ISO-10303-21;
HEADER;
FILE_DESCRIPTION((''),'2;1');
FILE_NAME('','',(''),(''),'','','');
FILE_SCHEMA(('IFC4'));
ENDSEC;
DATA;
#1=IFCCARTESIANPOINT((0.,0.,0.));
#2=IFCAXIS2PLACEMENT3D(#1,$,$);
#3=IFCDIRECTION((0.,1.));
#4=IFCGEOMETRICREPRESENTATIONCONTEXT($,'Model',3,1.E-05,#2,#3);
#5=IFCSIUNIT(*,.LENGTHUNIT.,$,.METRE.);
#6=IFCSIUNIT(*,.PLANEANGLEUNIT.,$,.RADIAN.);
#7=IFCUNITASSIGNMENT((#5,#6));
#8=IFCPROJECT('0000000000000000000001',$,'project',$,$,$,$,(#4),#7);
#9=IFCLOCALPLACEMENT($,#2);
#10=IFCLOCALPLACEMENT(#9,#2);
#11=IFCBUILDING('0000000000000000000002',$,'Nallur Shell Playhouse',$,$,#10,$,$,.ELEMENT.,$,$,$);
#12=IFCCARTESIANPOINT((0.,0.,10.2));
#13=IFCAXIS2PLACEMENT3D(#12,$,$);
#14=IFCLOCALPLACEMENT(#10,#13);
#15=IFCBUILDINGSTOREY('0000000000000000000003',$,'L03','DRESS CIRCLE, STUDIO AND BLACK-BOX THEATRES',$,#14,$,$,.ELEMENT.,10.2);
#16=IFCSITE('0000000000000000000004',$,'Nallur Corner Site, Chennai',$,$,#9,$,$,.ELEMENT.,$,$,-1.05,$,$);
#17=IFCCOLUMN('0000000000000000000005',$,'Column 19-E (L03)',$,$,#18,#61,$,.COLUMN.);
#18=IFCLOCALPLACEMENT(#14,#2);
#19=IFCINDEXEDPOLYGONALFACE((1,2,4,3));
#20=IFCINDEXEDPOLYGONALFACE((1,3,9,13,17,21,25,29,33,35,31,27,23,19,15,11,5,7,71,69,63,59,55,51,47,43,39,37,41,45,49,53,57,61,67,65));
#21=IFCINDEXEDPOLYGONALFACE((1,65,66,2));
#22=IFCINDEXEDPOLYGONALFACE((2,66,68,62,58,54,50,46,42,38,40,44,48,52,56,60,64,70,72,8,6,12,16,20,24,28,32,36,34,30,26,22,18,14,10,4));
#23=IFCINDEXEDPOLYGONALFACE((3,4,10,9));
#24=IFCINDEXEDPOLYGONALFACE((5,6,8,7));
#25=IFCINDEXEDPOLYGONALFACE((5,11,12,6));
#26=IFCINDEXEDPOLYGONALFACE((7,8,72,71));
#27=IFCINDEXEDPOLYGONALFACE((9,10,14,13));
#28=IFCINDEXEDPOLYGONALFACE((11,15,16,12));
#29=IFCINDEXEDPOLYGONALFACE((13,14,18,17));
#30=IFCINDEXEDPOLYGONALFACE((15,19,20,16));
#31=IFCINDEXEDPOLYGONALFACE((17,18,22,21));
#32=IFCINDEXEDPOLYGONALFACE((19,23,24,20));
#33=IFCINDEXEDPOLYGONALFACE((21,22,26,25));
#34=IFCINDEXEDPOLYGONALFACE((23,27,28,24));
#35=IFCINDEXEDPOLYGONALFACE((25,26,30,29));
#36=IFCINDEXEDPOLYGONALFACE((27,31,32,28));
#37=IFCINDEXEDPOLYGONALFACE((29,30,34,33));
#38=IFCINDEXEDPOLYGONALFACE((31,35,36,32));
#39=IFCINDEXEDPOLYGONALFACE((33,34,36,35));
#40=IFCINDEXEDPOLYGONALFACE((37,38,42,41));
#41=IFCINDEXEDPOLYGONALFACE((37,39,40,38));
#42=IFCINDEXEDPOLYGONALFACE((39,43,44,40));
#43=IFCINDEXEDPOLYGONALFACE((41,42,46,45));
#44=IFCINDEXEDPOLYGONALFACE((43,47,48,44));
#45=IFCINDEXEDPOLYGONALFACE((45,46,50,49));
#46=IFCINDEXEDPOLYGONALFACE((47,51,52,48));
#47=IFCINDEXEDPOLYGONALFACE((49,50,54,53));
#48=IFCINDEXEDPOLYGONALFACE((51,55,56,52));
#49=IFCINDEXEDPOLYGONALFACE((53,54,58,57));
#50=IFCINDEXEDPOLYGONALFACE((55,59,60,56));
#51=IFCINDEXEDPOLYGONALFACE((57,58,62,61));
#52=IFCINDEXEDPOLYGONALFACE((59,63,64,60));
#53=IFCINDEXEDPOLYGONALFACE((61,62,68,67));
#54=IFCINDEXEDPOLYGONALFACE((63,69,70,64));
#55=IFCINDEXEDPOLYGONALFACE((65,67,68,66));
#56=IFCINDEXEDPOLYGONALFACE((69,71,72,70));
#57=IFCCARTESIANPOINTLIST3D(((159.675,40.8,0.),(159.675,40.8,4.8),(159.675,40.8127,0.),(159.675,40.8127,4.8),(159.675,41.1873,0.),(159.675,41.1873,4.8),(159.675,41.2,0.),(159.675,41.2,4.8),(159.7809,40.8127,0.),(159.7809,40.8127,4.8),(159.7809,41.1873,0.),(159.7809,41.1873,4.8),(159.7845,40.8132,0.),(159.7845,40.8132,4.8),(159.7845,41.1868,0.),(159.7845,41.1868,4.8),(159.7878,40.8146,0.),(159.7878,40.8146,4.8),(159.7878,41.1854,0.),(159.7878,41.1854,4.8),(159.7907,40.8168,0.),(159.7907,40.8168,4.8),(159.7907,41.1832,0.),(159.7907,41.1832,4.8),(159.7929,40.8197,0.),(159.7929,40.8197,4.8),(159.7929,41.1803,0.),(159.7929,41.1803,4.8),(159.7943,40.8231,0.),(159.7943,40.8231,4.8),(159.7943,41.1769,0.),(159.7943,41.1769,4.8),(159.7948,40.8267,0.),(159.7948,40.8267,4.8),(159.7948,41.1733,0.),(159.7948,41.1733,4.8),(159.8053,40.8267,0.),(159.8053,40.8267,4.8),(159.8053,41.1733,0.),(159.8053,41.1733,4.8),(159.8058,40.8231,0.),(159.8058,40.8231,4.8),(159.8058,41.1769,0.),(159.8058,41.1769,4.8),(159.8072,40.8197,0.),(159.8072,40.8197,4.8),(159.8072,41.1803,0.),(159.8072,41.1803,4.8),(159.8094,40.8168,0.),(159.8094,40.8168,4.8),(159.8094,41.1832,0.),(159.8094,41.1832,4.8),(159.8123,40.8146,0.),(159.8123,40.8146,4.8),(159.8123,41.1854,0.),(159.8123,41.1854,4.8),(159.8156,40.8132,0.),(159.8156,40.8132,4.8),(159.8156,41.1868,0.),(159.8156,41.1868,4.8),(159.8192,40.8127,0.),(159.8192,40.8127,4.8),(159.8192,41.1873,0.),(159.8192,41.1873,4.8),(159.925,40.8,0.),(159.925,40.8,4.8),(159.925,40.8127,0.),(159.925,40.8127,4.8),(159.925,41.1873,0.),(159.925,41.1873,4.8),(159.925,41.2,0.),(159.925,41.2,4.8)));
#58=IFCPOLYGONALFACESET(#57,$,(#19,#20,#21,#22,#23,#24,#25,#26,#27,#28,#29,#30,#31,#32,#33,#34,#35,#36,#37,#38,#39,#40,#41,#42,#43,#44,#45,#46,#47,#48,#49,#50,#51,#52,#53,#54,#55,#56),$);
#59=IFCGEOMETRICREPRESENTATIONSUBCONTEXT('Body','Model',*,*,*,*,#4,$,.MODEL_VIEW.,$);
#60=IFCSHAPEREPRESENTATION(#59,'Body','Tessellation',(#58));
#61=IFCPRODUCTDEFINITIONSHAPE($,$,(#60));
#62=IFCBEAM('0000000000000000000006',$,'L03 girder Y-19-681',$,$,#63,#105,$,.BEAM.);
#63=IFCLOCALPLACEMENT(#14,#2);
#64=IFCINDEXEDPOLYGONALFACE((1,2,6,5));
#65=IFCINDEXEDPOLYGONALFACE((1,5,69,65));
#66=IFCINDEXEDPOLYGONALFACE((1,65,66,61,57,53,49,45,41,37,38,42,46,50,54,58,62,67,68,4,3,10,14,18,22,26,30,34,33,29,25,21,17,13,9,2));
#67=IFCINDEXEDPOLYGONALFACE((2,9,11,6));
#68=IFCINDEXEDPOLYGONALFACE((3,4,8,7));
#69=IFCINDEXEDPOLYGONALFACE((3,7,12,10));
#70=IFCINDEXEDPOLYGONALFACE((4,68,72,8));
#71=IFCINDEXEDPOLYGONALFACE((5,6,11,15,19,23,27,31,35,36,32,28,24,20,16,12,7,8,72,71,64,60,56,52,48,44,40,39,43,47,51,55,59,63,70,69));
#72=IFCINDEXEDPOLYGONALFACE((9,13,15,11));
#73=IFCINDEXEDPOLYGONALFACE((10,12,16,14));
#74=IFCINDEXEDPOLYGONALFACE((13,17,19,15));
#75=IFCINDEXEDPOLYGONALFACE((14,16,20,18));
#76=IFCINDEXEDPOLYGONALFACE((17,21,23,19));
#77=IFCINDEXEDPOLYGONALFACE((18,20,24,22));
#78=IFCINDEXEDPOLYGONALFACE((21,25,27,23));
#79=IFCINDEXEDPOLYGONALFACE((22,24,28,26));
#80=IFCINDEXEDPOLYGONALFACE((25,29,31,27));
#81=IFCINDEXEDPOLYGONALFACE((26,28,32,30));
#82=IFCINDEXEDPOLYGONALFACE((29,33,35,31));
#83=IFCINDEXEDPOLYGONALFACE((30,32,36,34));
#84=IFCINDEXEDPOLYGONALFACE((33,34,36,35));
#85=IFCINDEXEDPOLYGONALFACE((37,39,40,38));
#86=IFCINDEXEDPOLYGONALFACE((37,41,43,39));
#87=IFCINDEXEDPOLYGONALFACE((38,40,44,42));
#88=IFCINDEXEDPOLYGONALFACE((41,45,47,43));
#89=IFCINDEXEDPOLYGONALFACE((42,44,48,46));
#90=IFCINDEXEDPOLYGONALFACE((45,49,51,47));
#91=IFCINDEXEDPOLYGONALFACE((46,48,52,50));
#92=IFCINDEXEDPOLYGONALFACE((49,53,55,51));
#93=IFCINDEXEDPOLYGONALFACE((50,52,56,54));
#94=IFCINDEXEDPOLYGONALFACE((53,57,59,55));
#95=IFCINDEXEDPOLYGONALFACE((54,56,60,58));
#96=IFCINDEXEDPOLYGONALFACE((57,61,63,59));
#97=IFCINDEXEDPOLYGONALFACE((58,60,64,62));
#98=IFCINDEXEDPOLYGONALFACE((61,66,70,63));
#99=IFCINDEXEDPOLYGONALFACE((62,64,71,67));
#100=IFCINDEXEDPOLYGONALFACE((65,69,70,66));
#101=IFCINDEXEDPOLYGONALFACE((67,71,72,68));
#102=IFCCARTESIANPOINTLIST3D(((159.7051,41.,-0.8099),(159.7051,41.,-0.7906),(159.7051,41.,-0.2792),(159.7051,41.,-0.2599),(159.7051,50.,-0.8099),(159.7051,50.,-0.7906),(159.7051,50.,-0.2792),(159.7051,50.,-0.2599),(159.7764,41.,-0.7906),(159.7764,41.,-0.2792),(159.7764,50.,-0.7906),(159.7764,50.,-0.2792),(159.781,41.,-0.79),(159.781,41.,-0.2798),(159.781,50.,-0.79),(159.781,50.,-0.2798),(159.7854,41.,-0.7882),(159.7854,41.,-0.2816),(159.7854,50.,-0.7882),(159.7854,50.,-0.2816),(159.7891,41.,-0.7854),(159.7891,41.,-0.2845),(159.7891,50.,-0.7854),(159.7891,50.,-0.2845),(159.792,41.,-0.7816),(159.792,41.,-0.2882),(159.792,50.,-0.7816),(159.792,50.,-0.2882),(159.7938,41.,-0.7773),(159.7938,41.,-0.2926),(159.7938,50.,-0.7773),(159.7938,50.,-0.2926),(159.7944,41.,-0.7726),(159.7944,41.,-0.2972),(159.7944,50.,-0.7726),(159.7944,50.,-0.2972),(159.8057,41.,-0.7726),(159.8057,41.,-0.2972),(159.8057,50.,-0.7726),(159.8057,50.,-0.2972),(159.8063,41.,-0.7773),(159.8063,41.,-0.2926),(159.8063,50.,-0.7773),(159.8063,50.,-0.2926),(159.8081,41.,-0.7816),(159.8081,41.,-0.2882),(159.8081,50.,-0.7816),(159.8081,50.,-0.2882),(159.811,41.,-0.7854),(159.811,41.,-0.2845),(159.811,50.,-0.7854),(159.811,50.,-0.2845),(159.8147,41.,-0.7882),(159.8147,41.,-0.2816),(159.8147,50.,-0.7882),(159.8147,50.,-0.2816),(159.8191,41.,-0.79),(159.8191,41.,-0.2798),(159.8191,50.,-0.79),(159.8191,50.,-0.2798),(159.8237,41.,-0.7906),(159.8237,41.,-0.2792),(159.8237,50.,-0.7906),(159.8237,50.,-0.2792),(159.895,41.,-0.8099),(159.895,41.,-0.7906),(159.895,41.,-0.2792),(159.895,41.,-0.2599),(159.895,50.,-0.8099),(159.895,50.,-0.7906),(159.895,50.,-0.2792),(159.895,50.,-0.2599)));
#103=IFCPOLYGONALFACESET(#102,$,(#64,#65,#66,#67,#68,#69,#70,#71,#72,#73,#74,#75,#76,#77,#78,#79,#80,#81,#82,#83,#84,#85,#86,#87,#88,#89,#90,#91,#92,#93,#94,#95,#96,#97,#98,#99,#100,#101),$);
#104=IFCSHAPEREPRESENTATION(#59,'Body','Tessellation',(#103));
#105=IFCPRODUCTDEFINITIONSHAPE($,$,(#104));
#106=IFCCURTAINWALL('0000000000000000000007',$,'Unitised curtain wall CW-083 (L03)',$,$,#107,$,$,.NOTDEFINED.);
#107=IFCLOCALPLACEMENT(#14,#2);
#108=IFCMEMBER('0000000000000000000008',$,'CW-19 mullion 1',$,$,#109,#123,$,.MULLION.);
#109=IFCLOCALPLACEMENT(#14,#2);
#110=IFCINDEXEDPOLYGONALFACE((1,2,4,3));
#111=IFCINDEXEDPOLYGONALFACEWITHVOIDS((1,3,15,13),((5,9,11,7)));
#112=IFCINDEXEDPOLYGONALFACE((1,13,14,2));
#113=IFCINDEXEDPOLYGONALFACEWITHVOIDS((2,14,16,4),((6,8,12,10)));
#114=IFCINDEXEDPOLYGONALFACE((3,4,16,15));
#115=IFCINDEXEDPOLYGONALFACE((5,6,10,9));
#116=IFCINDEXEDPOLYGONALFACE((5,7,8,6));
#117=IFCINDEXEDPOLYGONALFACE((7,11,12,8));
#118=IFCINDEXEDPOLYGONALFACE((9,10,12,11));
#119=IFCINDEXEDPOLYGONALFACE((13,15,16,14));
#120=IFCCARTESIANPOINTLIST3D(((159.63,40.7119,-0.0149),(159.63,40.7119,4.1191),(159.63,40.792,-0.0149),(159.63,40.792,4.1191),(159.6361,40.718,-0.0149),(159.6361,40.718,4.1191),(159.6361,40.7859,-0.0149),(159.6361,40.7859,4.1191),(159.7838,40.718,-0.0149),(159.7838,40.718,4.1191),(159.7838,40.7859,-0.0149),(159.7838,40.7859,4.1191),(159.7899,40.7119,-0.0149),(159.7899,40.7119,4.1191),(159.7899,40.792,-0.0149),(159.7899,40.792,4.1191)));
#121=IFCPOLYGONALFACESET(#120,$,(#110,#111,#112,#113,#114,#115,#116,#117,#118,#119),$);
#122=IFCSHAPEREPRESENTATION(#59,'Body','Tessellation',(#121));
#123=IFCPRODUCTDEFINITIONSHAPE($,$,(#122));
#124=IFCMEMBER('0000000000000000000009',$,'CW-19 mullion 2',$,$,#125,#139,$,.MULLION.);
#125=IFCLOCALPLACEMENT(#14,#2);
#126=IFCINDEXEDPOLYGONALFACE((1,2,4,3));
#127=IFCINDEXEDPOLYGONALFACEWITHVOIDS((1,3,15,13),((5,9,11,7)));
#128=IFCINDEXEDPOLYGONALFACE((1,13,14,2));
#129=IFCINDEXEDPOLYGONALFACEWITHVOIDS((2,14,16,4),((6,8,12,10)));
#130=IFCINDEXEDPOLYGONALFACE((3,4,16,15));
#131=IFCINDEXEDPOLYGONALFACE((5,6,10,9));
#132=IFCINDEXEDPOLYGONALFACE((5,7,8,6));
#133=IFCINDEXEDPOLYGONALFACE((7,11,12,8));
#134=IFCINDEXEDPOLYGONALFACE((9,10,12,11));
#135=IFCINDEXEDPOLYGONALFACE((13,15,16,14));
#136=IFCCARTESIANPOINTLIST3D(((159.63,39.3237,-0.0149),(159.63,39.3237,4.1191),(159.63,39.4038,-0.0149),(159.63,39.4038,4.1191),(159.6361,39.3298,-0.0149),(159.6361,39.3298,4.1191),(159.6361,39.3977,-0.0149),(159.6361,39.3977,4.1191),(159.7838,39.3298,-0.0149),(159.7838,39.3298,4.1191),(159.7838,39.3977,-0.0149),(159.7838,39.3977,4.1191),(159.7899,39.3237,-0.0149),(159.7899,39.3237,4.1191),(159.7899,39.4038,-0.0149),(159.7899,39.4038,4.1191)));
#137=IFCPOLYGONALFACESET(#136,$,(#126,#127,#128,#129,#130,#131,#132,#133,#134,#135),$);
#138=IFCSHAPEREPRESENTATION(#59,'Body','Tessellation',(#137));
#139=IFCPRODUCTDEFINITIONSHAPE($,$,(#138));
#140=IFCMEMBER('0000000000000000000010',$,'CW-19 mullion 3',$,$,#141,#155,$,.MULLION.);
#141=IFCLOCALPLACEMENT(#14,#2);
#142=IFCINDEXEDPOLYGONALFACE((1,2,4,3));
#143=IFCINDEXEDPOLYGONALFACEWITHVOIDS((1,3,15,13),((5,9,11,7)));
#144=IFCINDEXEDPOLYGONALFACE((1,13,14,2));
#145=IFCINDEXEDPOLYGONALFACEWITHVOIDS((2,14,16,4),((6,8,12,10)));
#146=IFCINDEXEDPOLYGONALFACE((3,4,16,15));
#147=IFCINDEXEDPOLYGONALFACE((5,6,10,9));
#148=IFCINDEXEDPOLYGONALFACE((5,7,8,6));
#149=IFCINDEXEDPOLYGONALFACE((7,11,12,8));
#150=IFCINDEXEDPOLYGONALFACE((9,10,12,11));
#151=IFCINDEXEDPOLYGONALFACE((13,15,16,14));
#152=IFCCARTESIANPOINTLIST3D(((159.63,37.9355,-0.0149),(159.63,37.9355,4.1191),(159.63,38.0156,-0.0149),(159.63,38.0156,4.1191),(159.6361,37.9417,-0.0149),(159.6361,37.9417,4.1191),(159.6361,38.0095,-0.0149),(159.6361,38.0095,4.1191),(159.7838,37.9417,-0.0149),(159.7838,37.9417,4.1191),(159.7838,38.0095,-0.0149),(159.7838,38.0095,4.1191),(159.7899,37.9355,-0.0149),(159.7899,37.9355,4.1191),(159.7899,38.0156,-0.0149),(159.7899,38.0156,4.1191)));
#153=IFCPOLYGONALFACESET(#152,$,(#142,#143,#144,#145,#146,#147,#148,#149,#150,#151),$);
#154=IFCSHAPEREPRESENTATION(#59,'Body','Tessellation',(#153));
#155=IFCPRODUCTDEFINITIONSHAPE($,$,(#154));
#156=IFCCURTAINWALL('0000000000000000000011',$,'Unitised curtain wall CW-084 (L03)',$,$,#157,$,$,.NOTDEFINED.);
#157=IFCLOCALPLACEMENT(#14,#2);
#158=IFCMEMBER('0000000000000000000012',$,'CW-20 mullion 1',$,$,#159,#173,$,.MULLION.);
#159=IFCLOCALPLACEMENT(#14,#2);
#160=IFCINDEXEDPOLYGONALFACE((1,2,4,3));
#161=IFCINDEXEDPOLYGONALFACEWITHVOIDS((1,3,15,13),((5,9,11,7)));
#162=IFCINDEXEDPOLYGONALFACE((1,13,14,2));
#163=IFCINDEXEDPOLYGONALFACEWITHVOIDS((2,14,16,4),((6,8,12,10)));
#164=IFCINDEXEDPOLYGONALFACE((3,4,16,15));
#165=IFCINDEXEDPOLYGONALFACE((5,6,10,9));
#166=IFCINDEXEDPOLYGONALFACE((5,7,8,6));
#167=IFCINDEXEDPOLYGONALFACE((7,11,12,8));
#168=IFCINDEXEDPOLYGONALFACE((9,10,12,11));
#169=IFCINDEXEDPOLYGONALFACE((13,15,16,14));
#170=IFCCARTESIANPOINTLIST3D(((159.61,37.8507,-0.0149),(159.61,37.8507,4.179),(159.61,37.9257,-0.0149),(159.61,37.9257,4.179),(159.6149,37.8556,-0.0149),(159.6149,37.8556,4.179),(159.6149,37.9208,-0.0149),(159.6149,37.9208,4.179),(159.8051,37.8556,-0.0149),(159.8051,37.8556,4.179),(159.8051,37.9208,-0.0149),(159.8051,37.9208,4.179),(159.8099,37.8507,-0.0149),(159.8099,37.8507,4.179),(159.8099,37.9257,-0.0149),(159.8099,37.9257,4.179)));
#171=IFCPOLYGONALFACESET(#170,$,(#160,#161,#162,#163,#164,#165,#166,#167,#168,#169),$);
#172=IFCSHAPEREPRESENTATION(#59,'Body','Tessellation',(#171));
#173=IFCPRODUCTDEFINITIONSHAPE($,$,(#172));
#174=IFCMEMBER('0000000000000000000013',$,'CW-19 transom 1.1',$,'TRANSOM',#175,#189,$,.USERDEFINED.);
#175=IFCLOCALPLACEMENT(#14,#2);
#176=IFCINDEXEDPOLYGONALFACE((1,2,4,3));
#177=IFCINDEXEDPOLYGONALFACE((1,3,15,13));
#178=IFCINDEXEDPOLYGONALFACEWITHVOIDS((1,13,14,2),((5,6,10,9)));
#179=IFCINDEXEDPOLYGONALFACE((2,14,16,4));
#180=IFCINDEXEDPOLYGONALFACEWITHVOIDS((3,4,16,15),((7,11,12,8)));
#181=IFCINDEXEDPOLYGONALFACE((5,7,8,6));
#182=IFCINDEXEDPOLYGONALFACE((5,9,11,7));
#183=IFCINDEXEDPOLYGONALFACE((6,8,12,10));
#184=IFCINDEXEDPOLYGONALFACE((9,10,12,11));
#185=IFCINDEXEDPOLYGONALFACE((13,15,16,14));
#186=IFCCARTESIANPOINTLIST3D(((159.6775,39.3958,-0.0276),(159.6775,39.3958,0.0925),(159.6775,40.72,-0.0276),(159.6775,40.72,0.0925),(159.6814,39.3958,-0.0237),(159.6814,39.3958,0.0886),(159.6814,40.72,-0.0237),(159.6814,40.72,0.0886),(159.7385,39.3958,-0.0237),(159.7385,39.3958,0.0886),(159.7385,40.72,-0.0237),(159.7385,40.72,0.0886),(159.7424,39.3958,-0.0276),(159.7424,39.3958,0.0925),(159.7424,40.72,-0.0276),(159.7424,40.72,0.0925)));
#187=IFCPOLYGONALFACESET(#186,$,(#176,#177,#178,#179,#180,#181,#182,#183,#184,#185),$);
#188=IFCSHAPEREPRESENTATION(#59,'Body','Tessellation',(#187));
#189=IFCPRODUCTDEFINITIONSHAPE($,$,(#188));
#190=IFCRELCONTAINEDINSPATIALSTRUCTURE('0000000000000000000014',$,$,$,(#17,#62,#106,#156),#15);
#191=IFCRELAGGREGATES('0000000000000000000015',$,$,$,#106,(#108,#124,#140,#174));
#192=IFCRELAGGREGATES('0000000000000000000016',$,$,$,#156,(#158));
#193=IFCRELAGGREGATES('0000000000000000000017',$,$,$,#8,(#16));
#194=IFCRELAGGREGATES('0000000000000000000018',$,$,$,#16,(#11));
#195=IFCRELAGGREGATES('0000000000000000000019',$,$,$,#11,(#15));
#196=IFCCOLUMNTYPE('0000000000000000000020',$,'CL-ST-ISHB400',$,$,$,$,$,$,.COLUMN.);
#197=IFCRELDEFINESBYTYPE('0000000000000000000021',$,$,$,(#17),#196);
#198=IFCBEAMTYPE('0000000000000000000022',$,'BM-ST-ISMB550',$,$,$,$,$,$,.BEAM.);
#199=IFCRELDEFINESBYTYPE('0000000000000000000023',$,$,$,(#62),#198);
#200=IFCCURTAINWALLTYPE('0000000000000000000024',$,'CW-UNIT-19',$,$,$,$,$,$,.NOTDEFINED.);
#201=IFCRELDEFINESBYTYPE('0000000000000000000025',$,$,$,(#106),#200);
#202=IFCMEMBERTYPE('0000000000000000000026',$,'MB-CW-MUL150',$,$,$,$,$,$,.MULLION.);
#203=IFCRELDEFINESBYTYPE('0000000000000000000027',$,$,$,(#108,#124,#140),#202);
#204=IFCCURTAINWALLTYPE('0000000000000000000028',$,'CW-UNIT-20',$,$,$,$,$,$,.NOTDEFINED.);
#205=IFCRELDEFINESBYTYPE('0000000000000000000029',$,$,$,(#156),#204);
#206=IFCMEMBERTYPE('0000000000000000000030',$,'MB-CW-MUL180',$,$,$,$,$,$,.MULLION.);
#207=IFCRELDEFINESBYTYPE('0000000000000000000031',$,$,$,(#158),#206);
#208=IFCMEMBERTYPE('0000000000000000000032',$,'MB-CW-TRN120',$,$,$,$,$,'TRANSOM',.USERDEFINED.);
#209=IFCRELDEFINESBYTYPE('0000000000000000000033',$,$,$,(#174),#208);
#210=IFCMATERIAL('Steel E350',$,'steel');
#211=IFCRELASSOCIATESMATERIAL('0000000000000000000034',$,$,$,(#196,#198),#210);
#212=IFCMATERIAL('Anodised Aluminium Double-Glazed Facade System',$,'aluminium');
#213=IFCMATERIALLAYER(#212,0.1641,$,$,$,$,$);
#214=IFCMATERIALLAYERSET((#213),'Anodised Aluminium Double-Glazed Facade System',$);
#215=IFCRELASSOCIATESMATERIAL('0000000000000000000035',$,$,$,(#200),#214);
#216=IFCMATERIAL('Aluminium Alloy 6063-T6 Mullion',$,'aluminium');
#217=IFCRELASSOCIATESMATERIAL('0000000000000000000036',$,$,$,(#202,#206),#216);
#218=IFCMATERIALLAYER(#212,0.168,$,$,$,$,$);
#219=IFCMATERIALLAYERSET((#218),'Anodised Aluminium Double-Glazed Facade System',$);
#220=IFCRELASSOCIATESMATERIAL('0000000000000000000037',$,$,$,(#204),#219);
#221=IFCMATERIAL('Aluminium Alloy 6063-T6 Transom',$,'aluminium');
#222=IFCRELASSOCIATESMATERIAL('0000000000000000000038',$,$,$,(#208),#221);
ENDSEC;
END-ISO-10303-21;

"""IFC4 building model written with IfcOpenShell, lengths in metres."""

from ifc_helpers import new_model, si_unit, direction, frame, origin, origin_2d, place, context, subcontext, project, spatial, hollow_rectangle, i_section, extrude, material, layer, layer_set, material_profile, profile_set, type_object, element, aggregate, save


model = new_model("IFC4")

# Units and contexts
model_context = context("Model", 3, precision=1e-05, world=origin(), true_north=direction((0.0, 1.0)))
body_context = subcontext(model_context, "Body", "Model", "MODEL_VIEW")
ifc_project = project(units=[si_unit("LENGTHUNIT", "METRE"), si_unit("PLANEANGLEUNIT", "RADIAN")], contexts=[model_context])

# Site, building, storey
site_placement = place(None, origin())
site = spatial("IfcSite", under=ifc_project, at=site_placement, Name="Nallur Corner Site, Chennai", CompositionType="ELEMENT", RefElevation=-1.05)
building_placement = place(site_placement, origin())
building = spatial("IfcBuilding", under=site, at=building_placement, Name="Nallur Shell Playhouse", CompositionType="ELEMENT")
storey_placement = place(building_placement, frame((0.0, 0.0, 10.2)))
storey = spatial("IfcBuildingStorey", under=building, at=storey_placement, Name="L03", Description="DRESS CIRCLE, STUDIO AND BLACK-BOX THEATRES", CompositionType="ELEMENT", Elevation=10.2)

# Column
ifc_material_1 = material(Name="Steel E350", Category="steel")
ifc_material_profile_1 = material_profile(ifc_material_1, i_section(OverallWidth=0.25, OverallDepth=0.3999, WebThickness=0.0105, FlangeThickness=0.0127, FilletRadius=0.0139, at=origin_2d()), Name="ISHB 400")
ifc_profile_set_1 = profile_set([ifc_material_profile_1], Name="Steel E350")
column_type = type_object("IfcColumnType", Name="CL-ST-ISHB400", PredefinedType="COLUMN", material=ifc_profile_set_1)
column_placement = place(storey_placement, frame((159.8, 41.0, 0.0), z_axis=(0.0, 0.0, 1.0), x_axis=(1.0, 0.0, 0.0)))
element("IfcColumn", 1, at=column_placement, inside=storey, type_object=column_type, Name="Column 19-E (L03)", PredefinedType="COLUMN", context=body_context, shape_type="SweptSolid", body=[
    extrude(i_section(OverallWidth=0.25, OverallDepth=0.3999, WebThickness=0.0105, FlangeThickness=0.0127, FilletRadius=0.0139, at=origin_2d()), origin(), (0.0, 0.0, 1.0), 4.8),
])

# Beam
ifc_material_profile_2 = material_profile(ifc_material_1, i_section(OverallWidth=0.1899, OverallDepth=0.55, WebThickness=0.0112, FlangeThickness=0.0193, FilletRadius=0.0181, at=origin_2d()), Name="ISMB 550")
ifc_profile_set_2 = profile_set([ifc_material_profile_2], Name="Steel E350")
beam_type = type_object("IfcBeamType", Name="BM-ST-ISMB550", PredefinedType="BEAM", material=ifc_profile_set_2)
beam_placement = place(storey_placement, frame((159.8, 41.0, -0.5349), z_axis=(0.0, 1.0, 0.0), x_axis=(-1.0, 0.0, 0.0)))
element("IfcBeam", 2, at=beam_placement, inside=storey, type_object=beam_type, Name="L03 girder Y-19-681", PredefinedType="BEAM", context=body_context, shape_type="SweptSolid", body=[
    extrude(i_section(OverallWidth=0.1899, OverallDepth=0.55, WebThickness=0.0112, FlangeThickness=0.0193, FilletRadius=0.0181, at=origin_2d()), origin(), (0.0, 0.0, 1.0), 9.0),
])

# Curtain wall, members
ifc_material_2 = material(Name="Anodised Aluminium Double-Glazed Facade System", Category="aluminium")
ifc_layer_1 = layer(ifc_material_2, 0.1641)
ifc_layer_set_1 = layer_set([ifc_layer_1], Name="Anodised Aluminium Double-Glazed Facade System")
curtain_wall_type_1 = type_object("IfcCurtainWallType", Name="CW-UNIT-19", PredefinedType="NOTDEFINED", material=ifc_layer_set_1)
curtain_wall_1_placement = place(storey_placement, origin())
curtain_wall_1 = element("IfcCurtainWall", 3, at=curtain_wall_1_placement, inside=storey, type_object=curtain_wall_type_1, Name="Unitised curtain wall CW-083 (L03)", PredefinedType="NOTDEFINED")
ifc_material_3 = material(Name="Aluminium Alloy 6063-T6 Mullion", Category="aluminium")
ifc_material_profile_3 = material_profile(ifc_material_3, hollow_rectangle(XDim=0.0801, YDim=0.1599, WallThickness=0.0061, at=origin_2d()), Name="RHS 160x80x6")
ifc_profile_set_3 = profile_set([ifc_material_profile_3], Name="Aluminium Alloy 6063-T6 Mullion")
member_type_1 = type_object("IfcMemberType", Name="MB-CW-MUL150", PredefinedType="MULLION", material=ifc_profile_set_3)
member_1_placement = place(storey_placement, frame((159.71, 40.752, -0.0149), z_axis=(0.0, 0.0, 1.0), x_axis=(0.0, -1.0, 0.0)))
member_1 = element("IfcMember", 4, at=member_1_placement, type_object=member_type_1, Name="CW-19 mullion 1", PredefinedType="MULLION", context=body_context, shape_type="SweptSolid", body=[
    extrude(hollow_rectangle(XDim=0.0801, YDim=0.1599, WallThickness=0.0061, at=origin_2d()), origin(), (0.0, 0.0, 1.0), 4.134),
])
member_2_placement = place(storey_placement, frame((159.71, 39.3638, -0.0149), z_axis=(0.0, 0.0, 1.0), x_axis=(0.0, -1.0, 0.0)))
member_2 = element("IfcMember", 5, at=member_2_placement, type_object=member_type_1, Name="CW-19 mullion 2", PredefinedType="MULLION", context=body_context, shape_type="SweptSolid", body=[
    extrude(hollow_rectangle(XDim=0.0801, YDim=0.1599, WallThickness=0.0061, at=origin_2d()), origin(), (0.0, 0.0, 1.0), 4.134),
])
member_3_placement = place(storey_placement, frame((159.71, 37.9756, -0.0149), z_axis=(0.0, 0.0, 1.0), x_axis=(0.0, -1.0, 0.0)))
member_3 = element("IfcMember", 6, at=member_3_placement, type_object=member_type_1, Name="CW-19 mullion 3", PredefinedType="MULLION", context=body_context, shape_type="SweptSolid", body=[
    extrude(hollow_rectangle(XDim=0.0801, YDim=0.1599, WallThickness=0.0061, at=origin_2d()), origin(), (0.0, 0.0, 1.0), 4.134),
])

# Curtain wall, member
ifc_layer_2 = layer(ifc_material_2, 0.168)
ifc_layer_set_2 = layer_set([ifc_layer_2], Name="Anodised Aluminium Double-Glazed Facade System")
curtain_wall_type_2 = type_object("IfcCurtainWallType", Name="CW-UNIT-20", PredefinedType="NOTDEFINED", material=ifc_layer_set_2)
curtain_wall_2_placement = place(storey_placement, origin())
curtain_wall_2 = element("IfcCurtainWall", 7, at=curtain_wall_2_placement, inside=storey, type_object=curtain_wall_type_2, Name="Unitised curtain wall CW-084 (L03)", PredefinedType="NOTDEFINED")
ifc_material_profile_4 = material_profile(ifc_material_3, hollow_rectangle(XDim=0.075, YDim=0.2, WallThickness=0.0049, at=origin_2d()), Name="ALU 75x200x5")
ifc_profile_set_4 = profile_set([ifc_material_profile_4], Name="Aluminium Alloy 6063-T6 Mullion")
member_type_2 = type_object("IfcMemberType", Name="MB-CW-MUL180", PredefinedType="MULLION", material=ifc_profile_set_4)
member_4_placement = place(storey_placement, frame((159.71, 37.8882, -0.0149), z_axis=(0.0, 0.0, 1.0), x_axis=(0.0, -1.0, 0.0)))
member_4 = element("IfcMember", 8, at=member_4_placement, type_object=member_type_2, Name="CW-20 mullion 1", PredefinedType="MULLION", context=body_context, shape_type="SweptSolid", body=[
    extrude(hollow_rectangle(XDim=0.075, YDim=0.2, WallThickness=0.0049, at=origin_2d()), origin(), (0.0, 0.0, 1.0), 4.1938),
])

# Member
ifc_material_4 = material(Name="Aluminium Alloy 6063-T6 Transom", Category="aluminium")
ifc_material_profile_5 = material_profile(ifc_material_4, hollow_rectangle(XDim=0.0649, YDim=0.1201, WallThickness=0.0039, at=origin_2d()), Name="ALU 65x120x4")
ifc_profile_set_5 = profile_set([ifc_material_profile_5], Name="Aluminium Alloy 6063-T6 Transom")
member_type_3 = type_object("IfcMemberType", Name="MB-CW-TRN120", ElementType="TRANSOM", PredefinedType="USERDEFINED", material=ifc_profile_set_5)
member_5_placement = place(storey_placement, frame((159.71, 40.72, 0.0325), z_axis=(0.0, -1.0, 0.0), x_axis=(1.0, 0.0, 0.0)))
member_5 = element("IfcMember", 9, at=member_5_placement, type_object=member_type_3, Name="CW-19 transom 1.1", ObjectType="TRANSOM", PredefinedType="USERDEFINED", context=body_context, shape_type="SweptSolid", body=[
    extrude(hollow_rectangle(XDim=0.0649, YDim=0.1201, WallThickness=0.0039, at=origin_2d()), origin(), (0.0, 0.0, 1.0), 1.3242),
])

aggregate(curtain_wall_1, [member_1, member_2, member_3, member_5])
aggregate(curtain_wall_2, [member_4])

save(model, "model.ifc")
